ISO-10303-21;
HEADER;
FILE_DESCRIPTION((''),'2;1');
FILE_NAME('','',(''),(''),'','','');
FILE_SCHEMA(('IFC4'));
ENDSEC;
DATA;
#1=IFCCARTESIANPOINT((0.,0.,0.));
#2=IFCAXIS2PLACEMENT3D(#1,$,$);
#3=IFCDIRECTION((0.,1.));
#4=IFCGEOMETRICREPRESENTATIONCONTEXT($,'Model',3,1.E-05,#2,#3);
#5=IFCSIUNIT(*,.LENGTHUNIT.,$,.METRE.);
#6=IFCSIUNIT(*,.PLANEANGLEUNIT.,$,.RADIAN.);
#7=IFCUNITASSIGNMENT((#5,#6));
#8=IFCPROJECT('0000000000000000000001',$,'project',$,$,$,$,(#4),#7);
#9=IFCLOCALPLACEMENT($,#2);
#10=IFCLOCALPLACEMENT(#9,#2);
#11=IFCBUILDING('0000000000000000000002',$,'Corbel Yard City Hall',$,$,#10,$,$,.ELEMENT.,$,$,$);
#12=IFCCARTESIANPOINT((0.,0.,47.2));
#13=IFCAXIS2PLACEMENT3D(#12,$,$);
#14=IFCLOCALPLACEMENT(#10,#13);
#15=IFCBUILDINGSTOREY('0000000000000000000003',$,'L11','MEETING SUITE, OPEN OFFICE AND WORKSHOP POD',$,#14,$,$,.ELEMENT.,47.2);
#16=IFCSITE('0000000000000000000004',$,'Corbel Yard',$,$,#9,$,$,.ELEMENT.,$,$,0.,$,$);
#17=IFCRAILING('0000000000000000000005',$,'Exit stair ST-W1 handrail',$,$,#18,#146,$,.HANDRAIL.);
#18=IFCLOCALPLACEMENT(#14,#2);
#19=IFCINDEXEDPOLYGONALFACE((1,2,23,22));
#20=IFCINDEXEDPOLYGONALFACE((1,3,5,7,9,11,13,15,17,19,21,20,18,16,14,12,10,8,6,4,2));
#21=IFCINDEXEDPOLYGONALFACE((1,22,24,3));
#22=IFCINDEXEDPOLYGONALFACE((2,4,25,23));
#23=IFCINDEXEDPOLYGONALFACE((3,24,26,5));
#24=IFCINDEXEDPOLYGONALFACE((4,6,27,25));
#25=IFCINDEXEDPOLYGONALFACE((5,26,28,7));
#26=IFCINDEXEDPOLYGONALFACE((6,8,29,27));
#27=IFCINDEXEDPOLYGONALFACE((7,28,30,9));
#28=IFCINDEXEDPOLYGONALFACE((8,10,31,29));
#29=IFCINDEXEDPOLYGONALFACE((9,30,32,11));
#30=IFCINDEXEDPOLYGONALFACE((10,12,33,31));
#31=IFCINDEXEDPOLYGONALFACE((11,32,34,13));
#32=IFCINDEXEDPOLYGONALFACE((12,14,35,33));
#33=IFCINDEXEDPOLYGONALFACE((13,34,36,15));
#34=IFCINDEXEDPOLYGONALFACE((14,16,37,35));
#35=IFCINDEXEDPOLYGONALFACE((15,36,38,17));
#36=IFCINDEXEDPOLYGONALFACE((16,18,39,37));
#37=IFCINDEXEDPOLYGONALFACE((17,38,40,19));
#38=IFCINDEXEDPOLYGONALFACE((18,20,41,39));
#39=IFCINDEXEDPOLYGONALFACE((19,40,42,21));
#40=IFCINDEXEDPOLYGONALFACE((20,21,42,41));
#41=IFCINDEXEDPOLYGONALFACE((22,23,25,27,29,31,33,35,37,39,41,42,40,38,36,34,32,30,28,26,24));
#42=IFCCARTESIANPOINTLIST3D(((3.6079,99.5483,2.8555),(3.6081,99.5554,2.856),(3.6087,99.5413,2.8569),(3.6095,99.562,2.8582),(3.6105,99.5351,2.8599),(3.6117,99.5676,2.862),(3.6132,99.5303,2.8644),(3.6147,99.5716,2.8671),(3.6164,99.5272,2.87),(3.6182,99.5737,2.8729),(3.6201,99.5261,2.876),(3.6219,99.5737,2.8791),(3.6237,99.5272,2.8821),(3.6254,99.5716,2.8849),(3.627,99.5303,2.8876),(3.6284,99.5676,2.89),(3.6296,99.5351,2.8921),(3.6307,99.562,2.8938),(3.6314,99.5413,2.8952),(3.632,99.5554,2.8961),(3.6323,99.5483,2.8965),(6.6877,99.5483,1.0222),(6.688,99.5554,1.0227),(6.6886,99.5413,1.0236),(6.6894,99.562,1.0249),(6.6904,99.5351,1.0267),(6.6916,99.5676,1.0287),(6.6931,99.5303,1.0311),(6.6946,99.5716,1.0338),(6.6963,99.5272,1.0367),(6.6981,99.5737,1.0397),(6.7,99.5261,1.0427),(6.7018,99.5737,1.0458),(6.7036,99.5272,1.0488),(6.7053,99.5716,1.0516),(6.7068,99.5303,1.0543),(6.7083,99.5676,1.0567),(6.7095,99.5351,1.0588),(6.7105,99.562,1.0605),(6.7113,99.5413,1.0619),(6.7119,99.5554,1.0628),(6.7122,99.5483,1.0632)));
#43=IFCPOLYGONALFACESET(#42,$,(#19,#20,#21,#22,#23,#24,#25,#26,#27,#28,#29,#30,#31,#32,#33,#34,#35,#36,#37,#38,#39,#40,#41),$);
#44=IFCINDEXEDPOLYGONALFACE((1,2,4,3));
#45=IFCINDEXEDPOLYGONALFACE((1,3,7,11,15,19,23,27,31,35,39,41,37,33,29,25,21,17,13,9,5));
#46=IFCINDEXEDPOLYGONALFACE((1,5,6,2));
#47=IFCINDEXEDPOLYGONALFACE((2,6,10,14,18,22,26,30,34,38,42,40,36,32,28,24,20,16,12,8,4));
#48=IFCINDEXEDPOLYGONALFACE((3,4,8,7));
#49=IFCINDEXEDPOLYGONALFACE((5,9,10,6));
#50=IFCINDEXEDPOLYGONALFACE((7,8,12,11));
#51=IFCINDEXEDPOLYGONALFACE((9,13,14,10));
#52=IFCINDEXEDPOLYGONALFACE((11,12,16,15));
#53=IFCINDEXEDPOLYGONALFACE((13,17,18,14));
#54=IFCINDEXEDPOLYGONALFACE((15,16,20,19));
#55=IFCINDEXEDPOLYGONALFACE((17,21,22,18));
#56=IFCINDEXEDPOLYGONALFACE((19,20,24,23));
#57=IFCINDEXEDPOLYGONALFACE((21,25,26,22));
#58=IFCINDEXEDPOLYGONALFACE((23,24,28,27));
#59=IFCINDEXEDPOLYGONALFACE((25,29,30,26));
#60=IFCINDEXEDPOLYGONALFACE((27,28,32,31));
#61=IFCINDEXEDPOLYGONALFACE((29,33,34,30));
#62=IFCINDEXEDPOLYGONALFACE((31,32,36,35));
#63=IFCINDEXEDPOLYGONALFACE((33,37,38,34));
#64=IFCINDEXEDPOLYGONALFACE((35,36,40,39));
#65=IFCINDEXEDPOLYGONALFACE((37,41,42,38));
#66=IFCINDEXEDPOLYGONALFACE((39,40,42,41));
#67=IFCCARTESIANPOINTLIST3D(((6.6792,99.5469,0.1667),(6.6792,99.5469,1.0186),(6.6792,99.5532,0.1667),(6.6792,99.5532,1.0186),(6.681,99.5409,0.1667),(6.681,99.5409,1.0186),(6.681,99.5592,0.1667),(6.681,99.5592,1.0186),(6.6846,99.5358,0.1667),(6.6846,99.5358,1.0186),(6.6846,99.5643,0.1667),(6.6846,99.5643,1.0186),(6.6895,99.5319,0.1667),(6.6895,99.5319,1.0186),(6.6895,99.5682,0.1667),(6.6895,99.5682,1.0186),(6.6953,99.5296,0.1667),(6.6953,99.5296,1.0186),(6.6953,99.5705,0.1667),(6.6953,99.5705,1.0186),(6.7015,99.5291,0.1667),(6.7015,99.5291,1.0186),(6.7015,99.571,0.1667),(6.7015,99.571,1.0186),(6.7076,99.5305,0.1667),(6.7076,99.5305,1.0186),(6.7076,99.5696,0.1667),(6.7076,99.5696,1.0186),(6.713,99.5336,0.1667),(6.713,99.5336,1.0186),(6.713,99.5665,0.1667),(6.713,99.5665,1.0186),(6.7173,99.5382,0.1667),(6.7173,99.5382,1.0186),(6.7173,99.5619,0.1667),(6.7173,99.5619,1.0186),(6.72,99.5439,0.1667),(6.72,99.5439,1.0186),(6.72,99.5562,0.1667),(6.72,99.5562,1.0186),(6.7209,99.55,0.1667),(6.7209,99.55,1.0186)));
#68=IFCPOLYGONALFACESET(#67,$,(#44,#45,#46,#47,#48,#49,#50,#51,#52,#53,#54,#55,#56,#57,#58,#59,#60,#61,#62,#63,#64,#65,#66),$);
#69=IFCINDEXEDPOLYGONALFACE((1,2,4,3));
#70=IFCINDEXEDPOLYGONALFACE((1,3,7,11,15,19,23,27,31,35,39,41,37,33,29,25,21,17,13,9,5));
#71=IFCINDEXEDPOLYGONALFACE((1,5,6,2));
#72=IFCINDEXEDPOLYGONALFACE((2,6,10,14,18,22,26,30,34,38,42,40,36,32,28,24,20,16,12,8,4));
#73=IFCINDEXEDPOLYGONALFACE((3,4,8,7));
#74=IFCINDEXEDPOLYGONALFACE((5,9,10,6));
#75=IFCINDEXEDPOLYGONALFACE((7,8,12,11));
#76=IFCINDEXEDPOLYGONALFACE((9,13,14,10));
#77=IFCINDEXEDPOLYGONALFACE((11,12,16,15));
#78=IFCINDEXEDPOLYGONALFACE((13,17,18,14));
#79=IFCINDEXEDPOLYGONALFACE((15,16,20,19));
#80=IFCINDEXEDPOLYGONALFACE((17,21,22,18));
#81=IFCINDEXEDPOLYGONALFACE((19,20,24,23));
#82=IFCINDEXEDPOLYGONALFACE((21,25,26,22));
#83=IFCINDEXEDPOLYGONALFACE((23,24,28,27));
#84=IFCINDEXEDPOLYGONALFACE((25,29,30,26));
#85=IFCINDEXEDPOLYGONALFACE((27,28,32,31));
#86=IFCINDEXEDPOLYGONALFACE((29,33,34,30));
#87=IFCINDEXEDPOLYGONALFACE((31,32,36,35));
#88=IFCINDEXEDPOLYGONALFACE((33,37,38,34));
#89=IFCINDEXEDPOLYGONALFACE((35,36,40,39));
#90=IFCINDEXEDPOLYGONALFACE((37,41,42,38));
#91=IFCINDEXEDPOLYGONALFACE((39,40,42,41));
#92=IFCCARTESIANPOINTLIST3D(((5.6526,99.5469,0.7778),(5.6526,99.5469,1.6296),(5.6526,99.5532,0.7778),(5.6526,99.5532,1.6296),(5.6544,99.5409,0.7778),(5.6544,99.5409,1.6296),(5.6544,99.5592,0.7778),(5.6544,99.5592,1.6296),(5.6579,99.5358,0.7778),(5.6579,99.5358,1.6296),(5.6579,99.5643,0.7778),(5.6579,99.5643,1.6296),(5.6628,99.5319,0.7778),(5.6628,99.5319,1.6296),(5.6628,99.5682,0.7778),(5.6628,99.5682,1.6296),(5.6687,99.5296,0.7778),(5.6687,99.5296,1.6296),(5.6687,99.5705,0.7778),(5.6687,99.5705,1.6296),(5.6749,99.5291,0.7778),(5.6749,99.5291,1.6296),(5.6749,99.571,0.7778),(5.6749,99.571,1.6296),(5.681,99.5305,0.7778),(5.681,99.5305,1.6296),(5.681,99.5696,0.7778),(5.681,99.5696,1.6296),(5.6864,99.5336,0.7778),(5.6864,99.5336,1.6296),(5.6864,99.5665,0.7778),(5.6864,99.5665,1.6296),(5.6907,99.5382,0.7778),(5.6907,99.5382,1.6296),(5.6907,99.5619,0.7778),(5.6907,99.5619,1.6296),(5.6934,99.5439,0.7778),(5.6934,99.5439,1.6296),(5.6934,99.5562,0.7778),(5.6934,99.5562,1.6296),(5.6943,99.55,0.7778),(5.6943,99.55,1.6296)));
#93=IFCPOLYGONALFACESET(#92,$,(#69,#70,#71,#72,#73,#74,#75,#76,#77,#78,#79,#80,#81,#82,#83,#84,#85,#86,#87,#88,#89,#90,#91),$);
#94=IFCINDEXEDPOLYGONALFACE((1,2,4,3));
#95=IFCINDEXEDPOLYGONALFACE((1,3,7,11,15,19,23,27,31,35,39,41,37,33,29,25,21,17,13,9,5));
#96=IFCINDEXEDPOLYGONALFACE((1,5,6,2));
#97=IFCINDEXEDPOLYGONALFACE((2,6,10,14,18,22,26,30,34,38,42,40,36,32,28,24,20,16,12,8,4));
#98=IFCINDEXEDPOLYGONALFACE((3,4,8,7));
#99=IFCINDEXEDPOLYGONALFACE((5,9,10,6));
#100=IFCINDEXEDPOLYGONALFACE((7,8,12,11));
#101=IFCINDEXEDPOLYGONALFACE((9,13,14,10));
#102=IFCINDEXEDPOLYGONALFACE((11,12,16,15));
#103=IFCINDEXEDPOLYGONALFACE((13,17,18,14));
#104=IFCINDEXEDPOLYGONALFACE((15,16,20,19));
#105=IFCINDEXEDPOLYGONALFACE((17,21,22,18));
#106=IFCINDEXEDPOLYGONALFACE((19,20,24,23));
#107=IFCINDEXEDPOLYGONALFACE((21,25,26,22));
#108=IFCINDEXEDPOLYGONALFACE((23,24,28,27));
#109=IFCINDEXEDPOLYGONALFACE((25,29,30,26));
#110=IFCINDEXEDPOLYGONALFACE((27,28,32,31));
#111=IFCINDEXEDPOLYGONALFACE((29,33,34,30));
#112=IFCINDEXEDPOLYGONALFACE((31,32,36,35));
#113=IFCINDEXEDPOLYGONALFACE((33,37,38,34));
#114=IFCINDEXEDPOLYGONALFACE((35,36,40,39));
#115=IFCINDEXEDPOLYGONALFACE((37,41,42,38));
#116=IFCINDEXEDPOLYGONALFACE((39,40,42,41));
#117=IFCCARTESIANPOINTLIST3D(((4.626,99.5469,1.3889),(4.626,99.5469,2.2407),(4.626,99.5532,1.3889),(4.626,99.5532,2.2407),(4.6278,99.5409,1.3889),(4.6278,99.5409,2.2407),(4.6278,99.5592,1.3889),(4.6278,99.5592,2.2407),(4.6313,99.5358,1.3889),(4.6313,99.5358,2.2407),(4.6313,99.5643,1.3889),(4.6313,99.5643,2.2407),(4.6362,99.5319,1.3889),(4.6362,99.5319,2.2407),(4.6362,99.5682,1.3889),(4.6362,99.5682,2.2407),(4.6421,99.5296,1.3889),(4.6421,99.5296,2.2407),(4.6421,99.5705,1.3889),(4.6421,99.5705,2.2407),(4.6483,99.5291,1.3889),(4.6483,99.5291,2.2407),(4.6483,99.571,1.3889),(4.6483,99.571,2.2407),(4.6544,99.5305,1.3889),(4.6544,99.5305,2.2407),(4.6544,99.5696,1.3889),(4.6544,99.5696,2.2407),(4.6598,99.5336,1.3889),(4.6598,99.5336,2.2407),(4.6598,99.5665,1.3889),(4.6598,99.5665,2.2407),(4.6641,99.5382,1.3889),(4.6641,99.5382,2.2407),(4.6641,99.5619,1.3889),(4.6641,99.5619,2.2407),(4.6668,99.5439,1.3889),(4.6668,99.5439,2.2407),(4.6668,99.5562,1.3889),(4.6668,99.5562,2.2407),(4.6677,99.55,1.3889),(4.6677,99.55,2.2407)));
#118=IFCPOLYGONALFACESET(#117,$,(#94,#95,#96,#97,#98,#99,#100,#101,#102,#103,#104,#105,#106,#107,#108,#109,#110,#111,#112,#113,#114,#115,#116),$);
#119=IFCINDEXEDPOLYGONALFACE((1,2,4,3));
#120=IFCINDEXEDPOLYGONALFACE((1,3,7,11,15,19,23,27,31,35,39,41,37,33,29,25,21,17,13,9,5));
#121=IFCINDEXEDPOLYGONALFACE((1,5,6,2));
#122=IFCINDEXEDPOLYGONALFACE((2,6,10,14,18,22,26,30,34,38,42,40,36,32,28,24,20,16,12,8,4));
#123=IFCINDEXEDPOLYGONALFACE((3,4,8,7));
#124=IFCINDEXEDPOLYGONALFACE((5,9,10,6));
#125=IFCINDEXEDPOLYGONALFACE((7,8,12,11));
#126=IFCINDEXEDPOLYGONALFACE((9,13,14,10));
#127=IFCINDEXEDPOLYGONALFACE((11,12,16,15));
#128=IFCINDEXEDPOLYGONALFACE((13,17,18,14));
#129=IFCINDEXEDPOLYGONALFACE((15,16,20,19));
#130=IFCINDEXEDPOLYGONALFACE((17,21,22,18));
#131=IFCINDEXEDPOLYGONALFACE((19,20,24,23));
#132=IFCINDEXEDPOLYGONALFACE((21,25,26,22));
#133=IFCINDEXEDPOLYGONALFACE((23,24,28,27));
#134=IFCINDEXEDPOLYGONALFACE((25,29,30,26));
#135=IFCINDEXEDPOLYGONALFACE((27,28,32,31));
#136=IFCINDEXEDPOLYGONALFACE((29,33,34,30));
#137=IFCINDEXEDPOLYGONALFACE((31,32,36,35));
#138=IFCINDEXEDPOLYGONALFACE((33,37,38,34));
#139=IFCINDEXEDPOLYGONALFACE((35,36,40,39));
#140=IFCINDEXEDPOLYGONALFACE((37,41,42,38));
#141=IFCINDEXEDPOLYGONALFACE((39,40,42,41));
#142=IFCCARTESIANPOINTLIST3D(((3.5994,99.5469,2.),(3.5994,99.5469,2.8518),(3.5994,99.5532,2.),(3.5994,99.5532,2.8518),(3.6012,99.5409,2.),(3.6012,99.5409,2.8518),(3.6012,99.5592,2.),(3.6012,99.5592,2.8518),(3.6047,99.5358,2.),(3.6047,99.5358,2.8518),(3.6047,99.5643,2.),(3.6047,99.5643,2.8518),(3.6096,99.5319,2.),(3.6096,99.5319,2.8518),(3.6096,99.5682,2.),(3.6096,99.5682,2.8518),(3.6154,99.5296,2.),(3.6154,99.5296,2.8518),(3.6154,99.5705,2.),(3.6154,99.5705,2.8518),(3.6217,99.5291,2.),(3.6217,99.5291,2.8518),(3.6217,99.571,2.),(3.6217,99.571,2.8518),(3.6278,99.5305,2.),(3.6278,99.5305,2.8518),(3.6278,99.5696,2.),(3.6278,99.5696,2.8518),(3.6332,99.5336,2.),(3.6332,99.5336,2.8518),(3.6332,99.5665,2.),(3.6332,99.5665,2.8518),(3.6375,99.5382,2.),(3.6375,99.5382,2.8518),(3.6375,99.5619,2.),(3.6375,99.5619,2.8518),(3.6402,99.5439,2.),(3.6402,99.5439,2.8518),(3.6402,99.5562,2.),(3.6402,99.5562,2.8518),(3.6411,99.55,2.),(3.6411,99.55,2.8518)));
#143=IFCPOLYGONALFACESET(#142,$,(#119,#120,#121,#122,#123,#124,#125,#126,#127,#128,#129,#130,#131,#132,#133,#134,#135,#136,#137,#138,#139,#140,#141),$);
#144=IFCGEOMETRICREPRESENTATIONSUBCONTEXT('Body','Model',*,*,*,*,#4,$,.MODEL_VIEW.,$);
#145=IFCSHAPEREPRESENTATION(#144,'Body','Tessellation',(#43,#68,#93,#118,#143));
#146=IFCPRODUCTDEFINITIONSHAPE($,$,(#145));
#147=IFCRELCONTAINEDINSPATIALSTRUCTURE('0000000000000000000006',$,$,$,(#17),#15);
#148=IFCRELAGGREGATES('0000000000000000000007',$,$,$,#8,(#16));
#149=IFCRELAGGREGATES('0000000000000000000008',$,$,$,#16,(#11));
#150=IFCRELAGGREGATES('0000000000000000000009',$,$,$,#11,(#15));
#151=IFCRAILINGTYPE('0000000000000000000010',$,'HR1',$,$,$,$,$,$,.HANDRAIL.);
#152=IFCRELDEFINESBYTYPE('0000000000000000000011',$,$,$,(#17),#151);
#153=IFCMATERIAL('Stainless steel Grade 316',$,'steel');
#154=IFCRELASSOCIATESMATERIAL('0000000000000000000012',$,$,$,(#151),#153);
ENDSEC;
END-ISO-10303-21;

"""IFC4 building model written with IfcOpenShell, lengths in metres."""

from ifc_helpers import new_model, si_unit, direction, frame, origin, origin_2d, place, context, subcontext, project, spatial, circle, extrude, material, type_object, element, save


model = new_model("IFC4")

# Units and contexts
model_context = context("Model", 3, precision=1e-05, world=origin(), true_north=direction((0.0, 1.0)))
body_context = subcontext(model_context, "Body", "Model", "MODEL_VIEW")
ifc_project = project(units=[si_unit("LENGTHUNIT", "METRE"), si_unit("PLANEANGLEUNIT", "RADIAN")], contexts=[model_context])

# Site, building, storey
site_placement = place(None, origin())
site = spatial("IfcSite", under=ifc_project, at=site_placement, Name="Corbel Yard", CompositionType="ELEMENT", RefElevation=0.0)
building_placement = place(site_placement, origin())
building = spatial("IfcBuilding", under=site, at=building_placement, Name="Corbel Yard City Hall", CompositionType="ELEMENT")
storey_placement = place(building_placement, frame((0.0, 0.0, 47.2)))
storey = spatial("IfcBuildingStorey", under=building, at=storey_placement, Name="L11", Description="MEETING SUITE, OPEN OFFICE AND WORKSHOP POD", CompositionType="ELEMENT", Elevation=47.2)

# Railing
ifc_material_1 = material(Name="Stainless steel Grade 316", Category="steel")
railing_type = type_object("IfcRailingType", Name="HR1", PredefinedType="HANDRAIL", material=ifc_material_1)
for number, where, name in (
    (1, (6.7, 99.55, 0.1667), "Exit stair ST-W1 handrail"),
):
    element("IfcRailing", number, at=place(storey_placement, frame(where)), inside=storey, type_object=railing_type, Name=name, PredefinedType="HANDRAIL", context=body_context, shape_type="SweptSolid", body=[
        extrude(circle(Radius=0.0239, at=origin_2d()), frame((0.0, 0.0, 0.876), z_axis=(-0.859291, 0.0, 0.511487), x_axis=(0.0, -1.0, 0.0)), (0.0, 0.0, 1.0), 3.5842),
        extrude(circle(Radius=0.021, at=origin_2d()), origin(), (0.0, 0.0, 1.0), 0.8518),
        extrude(circle(Radius=0.021, at=origin_2d()), frame((-1.0266, 0.0, 0.6111)), (0.0, 0.0, 1.0), 0.8518),
        extrude(circle(Radius=0.021, at=origin_2d()), frame((-2.0532, 0.0, 1.2222)), (0.0, 0.0, 1.0), 0.8518),
        extrude(circle(Radius=0.021, at=origin_2d()), frame((-3.0798, 0.0, 1.8333)), (0.0, 0.0, 1.0), 0.8518),
    ])

save(model, "model.ifc")
